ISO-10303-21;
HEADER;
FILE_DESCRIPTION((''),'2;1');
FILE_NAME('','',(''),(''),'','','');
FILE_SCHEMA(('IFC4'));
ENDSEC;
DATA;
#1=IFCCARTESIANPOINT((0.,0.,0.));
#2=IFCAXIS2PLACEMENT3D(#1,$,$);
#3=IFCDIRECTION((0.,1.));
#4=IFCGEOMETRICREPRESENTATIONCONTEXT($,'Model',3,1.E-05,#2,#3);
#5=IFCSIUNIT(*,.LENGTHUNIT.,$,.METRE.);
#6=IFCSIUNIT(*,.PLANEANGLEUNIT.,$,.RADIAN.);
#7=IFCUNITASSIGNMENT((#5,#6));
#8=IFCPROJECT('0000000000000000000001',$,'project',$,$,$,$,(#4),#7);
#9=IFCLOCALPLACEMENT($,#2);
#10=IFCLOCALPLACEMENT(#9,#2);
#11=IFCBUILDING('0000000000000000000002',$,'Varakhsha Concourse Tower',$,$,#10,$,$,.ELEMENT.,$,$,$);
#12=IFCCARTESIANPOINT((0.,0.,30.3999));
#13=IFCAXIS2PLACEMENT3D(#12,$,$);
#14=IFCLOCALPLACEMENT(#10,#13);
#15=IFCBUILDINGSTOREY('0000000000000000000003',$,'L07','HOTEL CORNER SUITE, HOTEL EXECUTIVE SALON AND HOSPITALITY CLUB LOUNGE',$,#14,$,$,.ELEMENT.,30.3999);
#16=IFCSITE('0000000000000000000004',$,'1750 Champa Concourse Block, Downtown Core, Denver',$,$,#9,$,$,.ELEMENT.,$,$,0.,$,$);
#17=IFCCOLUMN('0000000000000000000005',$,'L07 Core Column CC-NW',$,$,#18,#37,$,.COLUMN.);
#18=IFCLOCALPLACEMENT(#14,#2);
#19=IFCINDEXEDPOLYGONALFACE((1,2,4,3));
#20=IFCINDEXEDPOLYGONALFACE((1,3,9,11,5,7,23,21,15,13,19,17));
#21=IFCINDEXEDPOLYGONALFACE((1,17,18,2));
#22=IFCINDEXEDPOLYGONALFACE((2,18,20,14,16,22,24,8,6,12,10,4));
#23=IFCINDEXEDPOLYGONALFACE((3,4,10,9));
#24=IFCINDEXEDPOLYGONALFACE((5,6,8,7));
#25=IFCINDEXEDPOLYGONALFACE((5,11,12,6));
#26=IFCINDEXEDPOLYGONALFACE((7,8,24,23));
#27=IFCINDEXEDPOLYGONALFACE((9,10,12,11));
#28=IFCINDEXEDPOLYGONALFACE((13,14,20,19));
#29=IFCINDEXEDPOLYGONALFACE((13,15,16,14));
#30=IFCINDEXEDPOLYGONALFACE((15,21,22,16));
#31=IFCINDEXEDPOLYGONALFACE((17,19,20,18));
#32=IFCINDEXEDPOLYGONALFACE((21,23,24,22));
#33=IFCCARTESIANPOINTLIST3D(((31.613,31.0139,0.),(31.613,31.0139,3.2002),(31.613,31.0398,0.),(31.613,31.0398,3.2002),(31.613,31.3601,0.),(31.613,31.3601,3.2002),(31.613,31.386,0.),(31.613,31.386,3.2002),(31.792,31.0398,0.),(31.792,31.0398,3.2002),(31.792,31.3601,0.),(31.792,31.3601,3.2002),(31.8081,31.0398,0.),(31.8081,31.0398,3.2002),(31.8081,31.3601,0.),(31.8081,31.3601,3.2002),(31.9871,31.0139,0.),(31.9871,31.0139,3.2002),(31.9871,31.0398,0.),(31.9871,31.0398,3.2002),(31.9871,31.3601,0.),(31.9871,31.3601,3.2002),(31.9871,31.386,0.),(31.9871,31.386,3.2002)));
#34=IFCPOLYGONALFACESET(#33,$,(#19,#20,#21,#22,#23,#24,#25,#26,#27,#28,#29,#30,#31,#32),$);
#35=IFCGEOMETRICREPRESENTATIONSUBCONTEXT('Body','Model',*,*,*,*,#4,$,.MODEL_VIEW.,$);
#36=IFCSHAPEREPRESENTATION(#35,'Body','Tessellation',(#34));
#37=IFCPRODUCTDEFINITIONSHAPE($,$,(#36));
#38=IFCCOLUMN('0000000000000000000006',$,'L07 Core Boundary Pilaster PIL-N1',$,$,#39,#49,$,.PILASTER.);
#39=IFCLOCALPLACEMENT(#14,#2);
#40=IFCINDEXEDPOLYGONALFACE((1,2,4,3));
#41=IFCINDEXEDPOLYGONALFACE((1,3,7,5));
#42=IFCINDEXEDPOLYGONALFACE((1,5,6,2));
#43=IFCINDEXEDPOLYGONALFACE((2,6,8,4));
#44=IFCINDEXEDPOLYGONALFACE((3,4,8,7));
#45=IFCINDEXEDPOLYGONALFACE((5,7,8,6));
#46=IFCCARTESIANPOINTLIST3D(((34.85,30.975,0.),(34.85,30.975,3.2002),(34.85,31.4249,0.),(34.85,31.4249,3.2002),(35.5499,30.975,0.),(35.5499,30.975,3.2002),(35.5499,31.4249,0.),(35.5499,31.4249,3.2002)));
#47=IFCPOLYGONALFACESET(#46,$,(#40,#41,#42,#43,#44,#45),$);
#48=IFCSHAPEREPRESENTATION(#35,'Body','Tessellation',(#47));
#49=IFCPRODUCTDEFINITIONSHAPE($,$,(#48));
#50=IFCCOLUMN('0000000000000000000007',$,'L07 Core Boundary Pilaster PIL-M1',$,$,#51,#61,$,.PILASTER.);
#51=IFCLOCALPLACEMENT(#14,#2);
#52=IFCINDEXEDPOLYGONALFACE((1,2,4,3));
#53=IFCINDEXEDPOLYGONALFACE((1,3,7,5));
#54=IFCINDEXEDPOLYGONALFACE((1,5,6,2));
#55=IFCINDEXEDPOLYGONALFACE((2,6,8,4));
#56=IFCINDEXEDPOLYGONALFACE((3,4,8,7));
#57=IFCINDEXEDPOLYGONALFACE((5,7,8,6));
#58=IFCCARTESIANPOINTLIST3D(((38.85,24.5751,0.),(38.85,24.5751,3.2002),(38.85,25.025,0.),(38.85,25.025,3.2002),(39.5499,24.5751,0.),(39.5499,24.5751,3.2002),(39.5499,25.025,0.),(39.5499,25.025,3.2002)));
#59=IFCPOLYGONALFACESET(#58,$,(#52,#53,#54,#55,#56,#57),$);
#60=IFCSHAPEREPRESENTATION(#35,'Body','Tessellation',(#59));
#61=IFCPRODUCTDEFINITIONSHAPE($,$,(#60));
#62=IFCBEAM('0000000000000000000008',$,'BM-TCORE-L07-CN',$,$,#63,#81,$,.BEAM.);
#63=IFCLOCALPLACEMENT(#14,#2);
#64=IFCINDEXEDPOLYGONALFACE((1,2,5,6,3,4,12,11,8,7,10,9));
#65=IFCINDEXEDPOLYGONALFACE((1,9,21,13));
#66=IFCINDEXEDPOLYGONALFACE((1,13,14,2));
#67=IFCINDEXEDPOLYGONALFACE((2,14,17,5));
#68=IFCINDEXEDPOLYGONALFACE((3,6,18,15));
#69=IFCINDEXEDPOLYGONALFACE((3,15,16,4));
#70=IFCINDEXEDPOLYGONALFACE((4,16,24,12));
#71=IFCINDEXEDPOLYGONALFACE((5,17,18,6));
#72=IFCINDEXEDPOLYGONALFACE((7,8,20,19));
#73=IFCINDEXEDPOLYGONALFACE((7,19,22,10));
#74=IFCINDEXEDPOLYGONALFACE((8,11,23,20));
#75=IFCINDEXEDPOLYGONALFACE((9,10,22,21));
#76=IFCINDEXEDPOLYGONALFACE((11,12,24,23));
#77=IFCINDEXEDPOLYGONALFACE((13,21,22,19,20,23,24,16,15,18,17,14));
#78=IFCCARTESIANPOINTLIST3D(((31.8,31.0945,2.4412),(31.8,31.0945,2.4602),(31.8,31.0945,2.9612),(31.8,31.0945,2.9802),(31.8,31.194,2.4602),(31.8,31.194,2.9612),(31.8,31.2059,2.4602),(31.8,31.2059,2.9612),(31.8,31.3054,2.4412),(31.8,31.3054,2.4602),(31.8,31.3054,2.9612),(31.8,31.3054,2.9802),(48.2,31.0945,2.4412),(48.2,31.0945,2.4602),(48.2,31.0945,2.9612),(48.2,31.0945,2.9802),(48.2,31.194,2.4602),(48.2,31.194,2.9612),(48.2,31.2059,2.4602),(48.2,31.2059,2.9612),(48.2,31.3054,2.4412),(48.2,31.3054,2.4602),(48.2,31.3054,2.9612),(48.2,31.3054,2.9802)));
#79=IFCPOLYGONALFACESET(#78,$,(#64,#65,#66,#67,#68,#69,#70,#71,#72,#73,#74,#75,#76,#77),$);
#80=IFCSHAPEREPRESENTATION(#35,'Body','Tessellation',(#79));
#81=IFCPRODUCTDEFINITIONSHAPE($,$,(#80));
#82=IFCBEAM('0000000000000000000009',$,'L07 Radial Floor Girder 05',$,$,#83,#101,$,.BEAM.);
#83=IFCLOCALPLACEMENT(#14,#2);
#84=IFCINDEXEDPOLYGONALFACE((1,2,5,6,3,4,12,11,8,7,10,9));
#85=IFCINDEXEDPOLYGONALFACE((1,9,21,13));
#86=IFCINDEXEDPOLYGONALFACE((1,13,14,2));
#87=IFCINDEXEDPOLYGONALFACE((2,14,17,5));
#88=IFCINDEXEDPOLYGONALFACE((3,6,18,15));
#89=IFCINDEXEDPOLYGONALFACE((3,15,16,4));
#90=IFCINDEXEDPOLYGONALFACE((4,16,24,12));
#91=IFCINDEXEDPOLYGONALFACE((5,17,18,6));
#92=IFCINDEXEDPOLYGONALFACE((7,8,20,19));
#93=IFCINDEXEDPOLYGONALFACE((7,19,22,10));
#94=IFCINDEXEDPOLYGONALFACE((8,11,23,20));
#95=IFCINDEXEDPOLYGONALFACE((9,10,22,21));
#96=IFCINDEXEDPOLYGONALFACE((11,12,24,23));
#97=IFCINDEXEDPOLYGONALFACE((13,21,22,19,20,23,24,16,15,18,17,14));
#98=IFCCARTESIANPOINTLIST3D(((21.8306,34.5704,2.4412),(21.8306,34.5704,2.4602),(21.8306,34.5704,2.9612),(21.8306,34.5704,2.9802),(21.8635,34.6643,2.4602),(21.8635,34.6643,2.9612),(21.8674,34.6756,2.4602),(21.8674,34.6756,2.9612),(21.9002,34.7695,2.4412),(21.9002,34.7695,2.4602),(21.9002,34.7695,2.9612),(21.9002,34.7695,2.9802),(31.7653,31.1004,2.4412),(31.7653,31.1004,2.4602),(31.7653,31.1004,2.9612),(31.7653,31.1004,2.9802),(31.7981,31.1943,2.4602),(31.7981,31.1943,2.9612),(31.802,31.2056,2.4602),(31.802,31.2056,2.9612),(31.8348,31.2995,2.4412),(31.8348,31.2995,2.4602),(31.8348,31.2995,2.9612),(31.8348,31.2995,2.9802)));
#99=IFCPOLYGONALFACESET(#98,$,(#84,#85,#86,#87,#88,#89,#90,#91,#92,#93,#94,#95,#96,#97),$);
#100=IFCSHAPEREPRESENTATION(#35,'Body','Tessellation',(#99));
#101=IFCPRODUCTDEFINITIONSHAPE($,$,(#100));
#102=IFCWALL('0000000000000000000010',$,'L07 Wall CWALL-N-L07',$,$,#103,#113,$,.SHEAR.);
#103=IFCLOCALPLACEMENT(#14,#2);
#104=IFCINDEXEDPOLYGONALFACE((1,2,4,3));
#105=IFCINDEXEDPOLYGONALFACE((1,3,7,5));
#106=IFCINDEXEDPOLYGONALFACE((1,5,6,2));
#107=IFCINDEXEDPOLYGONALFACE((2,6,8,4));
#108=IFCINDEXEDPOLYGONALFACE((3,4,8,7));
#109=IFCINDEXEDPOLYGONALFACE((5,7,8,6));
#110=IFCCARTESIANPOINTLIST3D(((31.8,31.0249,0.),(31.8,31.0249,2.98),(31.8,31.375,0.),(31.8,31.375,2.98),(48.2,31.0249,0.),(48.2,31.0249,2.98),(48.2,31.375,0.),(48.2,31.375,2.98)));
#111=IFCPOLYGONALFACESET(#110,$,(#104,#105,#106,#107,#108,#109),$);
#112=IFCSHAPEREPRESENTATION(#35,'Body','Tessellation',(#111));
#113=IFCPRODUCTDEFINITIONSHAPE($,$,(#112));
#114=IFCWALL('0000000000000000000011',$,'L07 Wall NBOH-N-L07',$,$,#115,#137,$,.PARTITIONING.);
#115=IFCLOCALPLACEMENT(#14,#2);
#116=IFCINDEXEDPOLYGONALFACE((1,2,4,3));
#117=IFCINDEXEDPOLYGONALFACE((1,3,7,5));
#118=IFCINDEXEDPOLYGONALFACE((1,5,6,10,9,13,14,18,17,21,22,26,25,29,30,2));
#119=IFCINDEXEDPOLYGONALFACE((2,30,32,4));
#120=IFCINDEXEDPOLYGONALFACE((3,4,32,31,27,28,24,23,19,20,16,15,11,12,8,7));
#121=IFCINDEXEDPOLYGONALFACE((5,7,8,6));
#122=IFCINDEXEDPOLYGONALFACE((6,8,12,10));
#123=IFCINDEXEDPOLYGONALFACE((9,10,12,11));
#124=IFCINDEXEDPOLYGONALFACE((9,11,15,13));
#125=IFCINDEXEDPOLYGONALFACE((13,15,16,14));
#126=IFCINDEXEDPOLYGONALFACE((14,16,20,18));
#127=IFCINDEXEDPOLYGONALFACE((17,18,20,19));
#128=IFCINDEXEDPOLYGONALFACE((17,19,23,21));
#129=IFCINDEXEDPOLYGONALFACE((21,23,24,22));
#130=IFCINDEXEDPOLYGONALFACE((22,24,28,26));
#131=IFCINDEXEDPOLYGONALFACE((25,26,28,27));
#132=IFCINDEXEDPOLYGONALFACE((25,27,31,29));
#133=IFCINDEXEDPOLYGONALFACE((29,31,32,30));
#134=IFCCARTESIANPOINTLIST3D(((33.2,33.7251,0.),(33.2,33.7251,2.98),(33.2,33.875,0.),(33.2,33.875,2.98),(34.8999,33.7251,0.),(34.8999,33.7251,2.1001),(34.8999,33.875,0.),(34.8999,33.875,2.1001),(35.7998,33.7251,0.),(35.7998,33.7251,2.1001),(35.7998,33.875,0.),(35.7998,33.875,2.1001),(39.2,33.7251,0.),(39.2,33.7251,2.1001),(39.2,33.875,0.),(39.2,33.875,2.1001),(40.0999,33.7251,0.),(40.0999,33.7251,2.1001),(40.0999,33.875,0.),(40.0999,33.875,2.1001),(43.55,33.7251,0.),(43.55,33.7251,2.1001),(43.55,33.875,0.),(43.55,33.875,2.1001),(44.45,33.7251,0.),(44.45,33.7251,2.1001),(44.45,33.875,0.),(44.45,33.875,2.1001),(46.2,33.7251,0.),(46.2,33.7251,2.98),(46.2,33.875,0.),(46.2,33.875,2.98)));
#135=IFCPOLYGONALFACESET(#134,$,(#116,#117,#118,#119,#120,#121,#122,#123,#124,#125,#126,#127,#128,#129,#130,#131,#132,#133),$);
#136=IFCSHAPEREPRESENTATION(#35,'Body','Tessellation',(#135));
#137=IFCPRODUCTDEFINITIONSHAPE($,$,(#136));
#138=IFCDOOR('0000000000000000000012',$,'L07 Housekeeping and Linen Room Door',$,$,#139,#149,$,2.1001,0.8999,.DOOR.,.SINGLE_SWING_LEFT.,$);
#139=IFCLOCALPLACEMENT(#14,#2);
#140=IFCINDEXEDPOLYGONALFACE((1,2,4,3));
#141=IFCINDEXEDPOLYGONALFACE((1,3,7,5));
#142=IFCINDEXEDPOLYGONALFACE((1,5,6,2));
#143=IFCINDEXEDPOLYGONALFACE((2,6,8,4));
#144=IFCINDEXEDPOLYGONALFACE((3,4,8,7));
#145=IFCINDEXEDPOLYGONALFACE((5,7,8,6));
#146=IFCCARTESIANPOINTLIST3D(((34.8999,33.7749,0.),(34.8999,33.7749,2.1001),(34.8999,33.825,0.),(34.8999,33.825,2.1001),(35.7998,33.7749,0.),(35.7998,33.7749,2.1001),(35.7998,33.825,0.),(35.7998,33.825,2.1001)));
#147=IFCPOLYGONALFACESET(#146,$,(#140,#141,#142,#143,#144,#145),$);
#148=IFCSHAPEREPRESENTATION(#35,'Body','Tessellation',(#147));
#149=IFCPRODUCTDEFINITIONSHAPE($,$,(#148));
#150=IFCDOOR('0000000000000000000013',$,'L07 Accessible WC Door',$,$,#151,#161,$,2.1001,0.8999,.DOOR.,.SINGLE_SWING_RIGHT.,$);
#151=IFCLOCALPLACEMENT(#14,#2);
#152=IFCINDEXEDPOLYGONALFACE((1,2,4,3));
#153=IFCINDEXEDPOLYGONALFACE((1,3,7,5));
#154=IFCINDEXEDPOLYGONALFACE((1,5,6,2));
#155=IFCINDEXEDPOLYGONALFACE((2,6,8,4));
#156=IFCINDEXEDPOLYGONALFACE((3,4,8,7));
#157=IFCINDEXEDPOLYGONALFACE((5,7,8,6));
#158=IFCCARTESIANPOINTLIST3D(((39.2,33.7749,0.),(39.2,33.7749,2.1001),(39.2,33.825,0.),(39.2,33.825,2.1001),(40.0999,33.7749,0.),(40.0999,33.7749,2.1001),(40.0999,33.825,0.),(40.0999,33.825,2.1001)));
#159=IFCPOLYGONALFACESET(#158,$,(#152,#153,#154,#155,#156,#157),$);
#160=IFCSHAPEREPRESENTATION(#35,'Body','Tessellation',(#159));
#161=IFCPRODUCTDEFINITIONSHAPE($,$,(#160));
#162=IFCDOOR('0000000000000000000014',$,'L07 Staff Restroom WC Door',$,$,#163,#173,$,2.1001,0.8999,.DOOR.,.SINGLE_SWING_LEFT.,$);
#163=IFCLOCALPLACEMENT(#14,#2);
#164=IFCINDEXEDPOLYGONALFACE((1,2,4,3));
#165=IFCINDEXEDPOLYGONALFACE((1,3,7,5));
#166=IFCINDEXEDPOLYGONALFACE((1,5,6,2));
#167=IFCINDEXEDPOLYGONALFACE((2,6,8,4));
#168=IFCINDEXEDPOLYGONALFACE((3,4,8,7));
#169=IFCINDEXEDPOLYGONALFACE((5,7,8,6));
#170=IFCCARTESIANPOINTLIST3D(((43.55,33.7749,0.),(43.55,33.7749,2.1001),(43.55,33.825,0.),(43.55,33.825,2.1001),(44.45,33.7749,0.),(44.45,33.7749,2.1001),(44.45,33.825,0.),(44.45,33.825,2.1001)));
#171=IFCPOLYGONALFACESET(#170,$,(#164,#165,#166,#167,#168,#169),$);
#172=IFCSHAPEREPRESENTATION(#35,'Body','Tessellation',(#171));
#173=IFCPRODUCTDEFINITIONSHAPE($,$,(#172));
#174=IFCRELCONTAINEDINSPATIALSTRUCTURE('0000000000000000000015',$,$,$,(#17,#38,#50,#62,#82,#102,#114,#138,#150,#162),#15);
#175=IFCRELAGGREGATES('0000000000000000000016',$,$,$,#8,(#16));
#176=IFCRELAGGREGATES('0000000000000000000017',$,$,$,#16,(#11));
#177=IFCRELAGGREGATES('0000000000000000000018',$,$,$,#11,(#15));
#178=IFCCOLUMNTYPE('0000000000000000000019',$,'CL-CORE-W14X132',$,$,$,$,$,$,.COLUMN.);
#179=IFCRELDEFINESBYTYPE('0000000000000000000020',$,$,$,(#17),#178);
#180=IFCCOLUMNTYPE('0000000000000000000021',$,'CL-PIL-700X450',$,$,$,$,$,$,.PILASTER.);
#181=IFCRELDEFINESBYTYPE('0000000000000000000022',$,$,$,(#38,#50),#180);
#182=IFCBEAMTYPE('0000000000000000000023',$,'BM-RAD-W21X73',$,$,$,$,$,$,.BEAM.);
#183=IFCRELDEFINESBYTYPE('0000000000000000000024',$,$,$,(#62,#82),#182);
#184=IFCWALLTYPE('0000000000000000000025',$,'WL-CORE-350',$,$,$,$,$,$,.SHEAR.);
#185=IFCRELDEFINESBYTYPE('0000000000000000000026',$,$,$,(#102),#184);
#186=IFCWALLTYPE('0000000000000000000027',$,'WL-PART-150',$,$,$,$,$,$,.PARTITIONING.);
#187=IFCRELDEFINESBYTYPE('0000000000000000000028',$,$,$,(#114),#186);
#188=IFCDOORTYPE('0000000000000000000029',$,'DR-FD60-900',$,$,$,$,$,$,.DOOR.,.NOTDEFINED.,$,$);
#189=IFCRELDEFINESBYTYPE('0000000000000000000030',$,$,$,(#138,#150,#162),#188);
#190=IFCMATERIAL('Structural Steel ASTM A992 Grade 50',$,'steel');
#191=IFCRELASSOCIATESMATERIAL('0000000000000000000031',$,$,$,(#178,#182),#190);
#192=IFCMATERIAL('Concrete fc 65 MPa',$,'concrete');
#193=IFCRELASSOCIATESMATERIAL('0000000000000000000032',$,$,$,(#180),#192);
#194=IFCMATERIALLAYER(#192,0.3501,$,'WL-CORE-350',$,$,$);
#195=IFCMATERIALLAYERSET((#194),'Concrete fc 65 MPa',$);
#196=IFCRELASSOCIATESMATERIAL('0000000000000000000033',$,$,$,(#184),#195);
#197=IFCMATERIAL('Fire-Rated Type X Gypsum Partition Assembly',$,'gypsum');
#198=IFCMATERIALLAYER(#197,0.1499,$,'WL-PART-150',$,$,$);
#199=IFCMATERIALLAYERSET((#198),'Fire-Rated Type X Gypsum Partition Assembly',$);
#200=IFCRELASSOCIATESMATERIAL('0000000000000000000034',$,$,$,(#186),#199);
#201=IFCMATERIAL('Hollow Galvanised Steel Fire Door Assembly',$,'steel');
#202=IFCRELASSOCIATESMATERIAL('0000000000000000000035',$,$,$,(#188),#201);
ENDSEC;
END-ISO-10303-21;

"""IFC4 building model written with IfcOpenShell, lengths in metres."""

from ifc_helpers import new_model, si_unit, direction, frame, frame_2d, origin, origin_2d, place, context, subcontext, project, spatial, rectangle, i_section, extrude, material, layer, layer_set, material_profile, profile_set, type_object, element, fill, save


model = new_model("IFC4")

# Units and contexts
model_context = context("Model", 3, precision=1e-05, world=origin(), true_north=direction((0.0, 1.0)))
body_context = subcontext(model_context, "Body", "Model", "MODEL_VIEW")
ifc_project = project(units=[si_unit("LENGTHUNIT", "METRE"), si_unit("PLANEANGLEUNIT", "RADIAN")], contexts=[model_context])

# Site, building, storey
site_placement = place(None, origin())
site = spatial("IfcSite", under=ifc_project, at=site_placement, Name="1750 Champa Concourse Block, Downtown Core, Denver", CompositionType="ELEMENT", RefElevation=0.0)
building_placement = place(site_placement, origin())
building = spatial("IfcBuilding", under=site, at=building_placement, Name="Varakhsha Concourse Tower", CompositionType="ELEMENT")
storey_placement = place(building_placement, frame((0.0, 0.0, 30.3999)))
storey = spatial("IfcBuildingStorey", under=building, at=storey_placement, Name="L07", Description="HOTEL CORNER SUITE, HOTEL EXECUTIVE SALON AND HOSPITALITY CLUB LOUNGE", CompositionType="ELEMENT", Elevation=30.3999)

# Columns
ifc_material_1 = material(Name="Structural Steel ASTM A992 Grade 50", Category="steel")
ifc_material_profile_1 = material_profile(ifc_material_1, i_section(OverallWidth=0.374, OverallDepth=0.3721, WebThickness=0.0161, FlangeThickness=0.0259, at=origin_2d()), Name="W14X132")
ifc_profile_set_1 = profile_set([ifc_material_profile_1], Name="Structural Steel ASTM A992 Grade 50")
column_type_1 = type_object("IfcColumnType", Name="CL-CORE-W14X132", PredefinedType="COLUMN", material=ifc_profile_set_1)
column_placement = place(storey_placement, frame((31.8, 31.2, 0.0), z_axis=(0.0, 0.0, 1.0), x_axis=(1.0, 0.0, 0.0)))
element("IfcColumn", 1, at=column_placement, inside=storey, type_object=column_type_1, Name="L07 Core Column CC-NW", PredefinedType="COLUMN", context=body_context, shape_type="SweptSolid", body=[
    extrude(i_section(OverallWidth=0.374, OverallDepth=0.3721, WebThickness=0.0161, FlangeThickness=0.0259, at=origin_2d()), origin(), (0.0, 0.0, 1.0), 3.2002),
])
ifc_material_2 = material(Name="Concrete fc 65 MPa", Category="concrete")
ifc_material_profile_2 = material_profile(ifc_material_2, rectangle(XDim=0.7, YDim=0.45, at=origin_2d()), Name="RC 700x450")
ifc_profile_set_2 = profile_set([ifc_material_profile_2], Name="Concrete fc 65 MPa")
column_type_2 = type_object("IfcColumnType", Name="CL-PIL-700X450", PredefinedType="PILASTER", material=ifc_profile_set_2)
for number, where, z_axis, x_axis, name in (
    (2, (35.2, 31.2, 0.0), (0.0, 0.0, 1.0), (1.0, 0.0, 0.0), "L07 Core Boundary Pilaster PIL-N1"),
    (3, (39.2, 24.8, 0.0), (0.0, 0.0, 1.0), (1.0, 0.0, 0.0), "L07 Core Boundary Pilaster PIL-M1"),
):
    element("IfcColumn", number, at=place(storey_placement, frame(where, z_axis=z_axis, x_axis=x_axis)), inside=storey, type_object=column_type_2, Name=name, PredefinedType="PILASTER", context=body_context, shape_type="SweptSolid", body=[
        extrude(rectangle(XDim=0.7, YDim=0.45, at=origin_2d()), origin(), (0.0, 0.0, 1.0), 3.2002),
    ])

# Beams
ifc_material_profile_3 = material_profile(ifc_material_1, i_section(OverallWidth=0.2109, OverallDepth=0.5391, WebThickness=0.012, FlangeThickness=0.019, at=origin_2d()), Name="W21X73")
ifc_profile_set_3 = profile_set([ifc_material_profile_3], Name="Structural Steel ASTM A992 Grade 50")
beam_type = type_object("IfcBeamType", Name="BM-RAD-W21X73", PredefinedType="BEAM", material=ifc_profile_set_3)
beam_1_placement = place(storey_placement, frame((31.8, 31.2, 2.7107), z_axis=(1.0, 0.0, 0.0), x_axis=(0.0, 1.0, 0.0)))
element("IfcBeam", 4, at=beam_1_placement, inside=storey, type_object=beam_type, Name="BM-TCORE-L07-CN", PredefinedType="BEAM", context=body_context, shape_type="SweptSolid", body=[
    extrude(i_section(OverallWidth=0.2109, OverallDepth=0.5391, WebThickness=0.012, FlangeThickness=0.019, at=origin_2d()), origin(), (0.0, 0.0, 1.0), 16.3999),
])
beam_2_placement = place(storey_placement, frame((31.8, 31.2, 2.7107), z_axis=(-0.944069, 0.329747, 0.0), x_axis=(-0.329747, -0.944069, 0.0)))
element("IfcBeam", 5, at=beam_2_placement, inside=storey, type_object=beam_type, Name="L07 Radial Floor Girder 05", PredefinedType="BEAM", context=body_context, shape_type="SweptSolid", body=[
    extrude(i_section(OverallWidth=0.2109, OverallDepth=0.5391, WebThickness=0.012, FlangeThickness=0.019, at=origin_2d()), origin(), (0.0, 0.0, 1.0), 10.5232),
])

# Wall
ifc_layer_1 = layer(ifc_material_2, 0.3501, Name="WL-CORE-350")
ifc_layer_set_1 = layer_set([ifc_layer_1], Name="Concrete fc 65 MPa")
wall_type_1 = type_object("IfcWallType", Name="WL-CORE-350", PredefinedType="SHEAR", material=ifc_layer_set_1)
wall_1_placement = place(storey_placement, frame((31.8, 31.2, 0.0), z_axis=(0.0, 0.0, 1.0), x_axis=(1.0, 0.0, 0.0)))
element("IfcWall", 6, at=wall_1_placement, inside=storey, type_object=wall_type_1, Name="L07 Wall CWALL-N-L07", PredefinedType="SHEAR", context=body_context, shape_type="SweptSolid", body=[
    extrude(rectangle(XDim=16.3999, YDim=0.3501, at=frame_2d((8.2, 0.0))), origin(), (0.0, 0.0, 1.0), 2.98),
])

# Wall, openings, doors
ifc_material_3 = material(Name="Fire-Rated Type X Gypsum Partition Assembly", Category="gypsum")
ifc_layer_2 = layer(ifc_material_3, 0.1499, Name="WL-PART-150")
ifc_layer_set_2 = layer_set([ifc_layer_2], Name="Fire-Rated Type X Gypsum Partition Assembly")
wall_type_2 = type_object("IfcWallType", Name="WL-PART-150", PredefinedType="PARTITIONING", material=ifc_layer_set_2)
wall_2_placement = place(storey_placement, frame((33.2, 33.8, 0.0), z_axis=(0.0, 0.0, 1.0), x_axis=(1.0, 0.0, 0.0)))
wall_2 = element("IfcWall", 7, at=wall_2_placement, inside=storey, type_object=wall_type_2, Name="L07 Wall NBOH-N-L07", PredefinedType="PARTITIONING", context=body_context, shape_type="SweptSolid", body=[
    extrude(rectangle(XDim=13.0, YDim=0.1499, at=frame_2d((6.5, 0.0))), origin(), (0.0, 0.0, 1.0), 2.98),
])
opening_1_placement = place(wall_2_placement, frame((1.7, 0.0, 0.0)))
opening_1 = element("IfcOpeningElement", 8, at=opening_1_placement, cuts=wall_2, PredefinedType="OPENING", context=body_context, shape_type="SweptSolid", body=[
    extrude(rectangle(XDim=0.8999, YDim=2.1001, at=frame_2d((0.45, 1.05))), frame((0.0, 0.085, 0.0), z_axis=(0.0, -1.0, 0.0), x_axis=(1.0, 0.0, 0.0)), (0.0, 0.0, 1.0), 0.1699),
])
opening_2_placement = place(wall_2_placement, frame((6.0, 0.0, 0.0)))
opening_2 = element("IfcOpeningElement", 9, at=opening_2_placement, cuts=wall_2, PredefinedType="OPENING", context=body_context, shape_type="SweptSolid", body=[
    extrude(rectangle(XDim=0.8999, YDim=2.1001, at=frame_2d((0.45, 1.05))), frame((0.0, 0.085, 0.0), z_axis=(0.0, -1.0, 0.0), x_axis=(1.0, 0.0, 0.0)), (0.0, 0.0, 1.0), 0.1699),
])
opening_3_placement = place(wall_2_placement, frame((10.3501, 0.0, 0.0)))
opening_3 = element("IfcOpeningElement", 10, at=opening_3_placement, cuts=wall_2, PredefinedType="OPENING", context=body_context, shape_type="SweptSolid", body=[
    extrude(rectangle(XDim=0.8999, YDim=2.1001, at=frame_2d((0.45, 1.05))), frame((0.0, 0.085, 0.0), z_axis=(0.0, -1.0, 0.0), x_axis=(1.0, 0.0, 0.0)), (0.0, 0.0, 1.0), 0.1699),
])
ifc_material_4 = material(Name="Hollow Galvanised Steel Fire Door Assembly", Category="steel")
door_type = type_object("IfcDoorType", Name="DR-FD60-900", OperationType="NOTDEFINED", PredefinedType="DOOR", material=ifc_material_4)
door_1_placement = place(opening_1_placement, origin())
door_1 = element("IfcDoor", 11, at=door_1_placement, inside=storey, type_object=door_type, Name="L07 Housekeeping and Linen Room Door", OperationType="SINGLE_SWING_LEFT", OverallHeight=2.1001, OverallWidth=0.8999, PredefinedType="DOOR", context=body_context, shape_type="SweptSolid", body=[
    extrude(rectangle(XDim=0.8999, YDim=2.1001, at=frame_2d((0.45, 1.05))), frame((0.0, 0.0249, 0.0), z_axis=(0.0, -1.0, 0.0), x_axis=(1.0, 0.0, 0.0)), (0.0, 0.0, 1.0), 0.05),
])
fill(opening_1, door_1)
door_2_placement = place(opening_2_placement, origin())
door_2 = element("IfcDoor", 12, at=door_2_placement, inside=storey, type_object=door_type, Name="L07 Accessible WC Door", OperationType="SINGLE_SWING_RIGHT", OverallHeight=2.1001, OverallWidth=0.8999, PredefinedType="DOOR", context=body_context, shape_type="SweptSolid", body=[
    extrude(rectangle(XDim=0.8999, YDim=2.1001, at=frame_2d((0.45, 1.05))), frame((0.0, 0.0249, 0.0), z_axis=(0.0, -1.0, 0.0), x_axis=(1.0, 0.0, 0.0)), (0.0, 0.0, 1.0), 0.05),
])
fill(opening_2, door_2)
door_3_placement = place(opening_3_placement, origin())
door_3 = element("IfcDoor", 13, at=door_3_placement, inside=storey, type_object=door_type, Name="L07 Staff Restroom WC Door", OperationType="SINGLE_SWING_LEFT", OverallHeight=2.1001, OverallWidth=0.8999, PredefinedType="DOOR", context=body_context, shape_type="SweptSolid", body=[
    extrude(rectangle(XDim=0.8999, YDim=2.1001, at=frame_2d((0.45, 1.05))), frame((0.0, 0.0249, 0.0), z_axis=(0.0, -1.0, 0.0), x_axis=(1.0, 0.0, 0.0)), (0.0, 0.0, 1.0), 0.05),
])
fill(opening_3, door_3)

save(model, "model.ifc")
